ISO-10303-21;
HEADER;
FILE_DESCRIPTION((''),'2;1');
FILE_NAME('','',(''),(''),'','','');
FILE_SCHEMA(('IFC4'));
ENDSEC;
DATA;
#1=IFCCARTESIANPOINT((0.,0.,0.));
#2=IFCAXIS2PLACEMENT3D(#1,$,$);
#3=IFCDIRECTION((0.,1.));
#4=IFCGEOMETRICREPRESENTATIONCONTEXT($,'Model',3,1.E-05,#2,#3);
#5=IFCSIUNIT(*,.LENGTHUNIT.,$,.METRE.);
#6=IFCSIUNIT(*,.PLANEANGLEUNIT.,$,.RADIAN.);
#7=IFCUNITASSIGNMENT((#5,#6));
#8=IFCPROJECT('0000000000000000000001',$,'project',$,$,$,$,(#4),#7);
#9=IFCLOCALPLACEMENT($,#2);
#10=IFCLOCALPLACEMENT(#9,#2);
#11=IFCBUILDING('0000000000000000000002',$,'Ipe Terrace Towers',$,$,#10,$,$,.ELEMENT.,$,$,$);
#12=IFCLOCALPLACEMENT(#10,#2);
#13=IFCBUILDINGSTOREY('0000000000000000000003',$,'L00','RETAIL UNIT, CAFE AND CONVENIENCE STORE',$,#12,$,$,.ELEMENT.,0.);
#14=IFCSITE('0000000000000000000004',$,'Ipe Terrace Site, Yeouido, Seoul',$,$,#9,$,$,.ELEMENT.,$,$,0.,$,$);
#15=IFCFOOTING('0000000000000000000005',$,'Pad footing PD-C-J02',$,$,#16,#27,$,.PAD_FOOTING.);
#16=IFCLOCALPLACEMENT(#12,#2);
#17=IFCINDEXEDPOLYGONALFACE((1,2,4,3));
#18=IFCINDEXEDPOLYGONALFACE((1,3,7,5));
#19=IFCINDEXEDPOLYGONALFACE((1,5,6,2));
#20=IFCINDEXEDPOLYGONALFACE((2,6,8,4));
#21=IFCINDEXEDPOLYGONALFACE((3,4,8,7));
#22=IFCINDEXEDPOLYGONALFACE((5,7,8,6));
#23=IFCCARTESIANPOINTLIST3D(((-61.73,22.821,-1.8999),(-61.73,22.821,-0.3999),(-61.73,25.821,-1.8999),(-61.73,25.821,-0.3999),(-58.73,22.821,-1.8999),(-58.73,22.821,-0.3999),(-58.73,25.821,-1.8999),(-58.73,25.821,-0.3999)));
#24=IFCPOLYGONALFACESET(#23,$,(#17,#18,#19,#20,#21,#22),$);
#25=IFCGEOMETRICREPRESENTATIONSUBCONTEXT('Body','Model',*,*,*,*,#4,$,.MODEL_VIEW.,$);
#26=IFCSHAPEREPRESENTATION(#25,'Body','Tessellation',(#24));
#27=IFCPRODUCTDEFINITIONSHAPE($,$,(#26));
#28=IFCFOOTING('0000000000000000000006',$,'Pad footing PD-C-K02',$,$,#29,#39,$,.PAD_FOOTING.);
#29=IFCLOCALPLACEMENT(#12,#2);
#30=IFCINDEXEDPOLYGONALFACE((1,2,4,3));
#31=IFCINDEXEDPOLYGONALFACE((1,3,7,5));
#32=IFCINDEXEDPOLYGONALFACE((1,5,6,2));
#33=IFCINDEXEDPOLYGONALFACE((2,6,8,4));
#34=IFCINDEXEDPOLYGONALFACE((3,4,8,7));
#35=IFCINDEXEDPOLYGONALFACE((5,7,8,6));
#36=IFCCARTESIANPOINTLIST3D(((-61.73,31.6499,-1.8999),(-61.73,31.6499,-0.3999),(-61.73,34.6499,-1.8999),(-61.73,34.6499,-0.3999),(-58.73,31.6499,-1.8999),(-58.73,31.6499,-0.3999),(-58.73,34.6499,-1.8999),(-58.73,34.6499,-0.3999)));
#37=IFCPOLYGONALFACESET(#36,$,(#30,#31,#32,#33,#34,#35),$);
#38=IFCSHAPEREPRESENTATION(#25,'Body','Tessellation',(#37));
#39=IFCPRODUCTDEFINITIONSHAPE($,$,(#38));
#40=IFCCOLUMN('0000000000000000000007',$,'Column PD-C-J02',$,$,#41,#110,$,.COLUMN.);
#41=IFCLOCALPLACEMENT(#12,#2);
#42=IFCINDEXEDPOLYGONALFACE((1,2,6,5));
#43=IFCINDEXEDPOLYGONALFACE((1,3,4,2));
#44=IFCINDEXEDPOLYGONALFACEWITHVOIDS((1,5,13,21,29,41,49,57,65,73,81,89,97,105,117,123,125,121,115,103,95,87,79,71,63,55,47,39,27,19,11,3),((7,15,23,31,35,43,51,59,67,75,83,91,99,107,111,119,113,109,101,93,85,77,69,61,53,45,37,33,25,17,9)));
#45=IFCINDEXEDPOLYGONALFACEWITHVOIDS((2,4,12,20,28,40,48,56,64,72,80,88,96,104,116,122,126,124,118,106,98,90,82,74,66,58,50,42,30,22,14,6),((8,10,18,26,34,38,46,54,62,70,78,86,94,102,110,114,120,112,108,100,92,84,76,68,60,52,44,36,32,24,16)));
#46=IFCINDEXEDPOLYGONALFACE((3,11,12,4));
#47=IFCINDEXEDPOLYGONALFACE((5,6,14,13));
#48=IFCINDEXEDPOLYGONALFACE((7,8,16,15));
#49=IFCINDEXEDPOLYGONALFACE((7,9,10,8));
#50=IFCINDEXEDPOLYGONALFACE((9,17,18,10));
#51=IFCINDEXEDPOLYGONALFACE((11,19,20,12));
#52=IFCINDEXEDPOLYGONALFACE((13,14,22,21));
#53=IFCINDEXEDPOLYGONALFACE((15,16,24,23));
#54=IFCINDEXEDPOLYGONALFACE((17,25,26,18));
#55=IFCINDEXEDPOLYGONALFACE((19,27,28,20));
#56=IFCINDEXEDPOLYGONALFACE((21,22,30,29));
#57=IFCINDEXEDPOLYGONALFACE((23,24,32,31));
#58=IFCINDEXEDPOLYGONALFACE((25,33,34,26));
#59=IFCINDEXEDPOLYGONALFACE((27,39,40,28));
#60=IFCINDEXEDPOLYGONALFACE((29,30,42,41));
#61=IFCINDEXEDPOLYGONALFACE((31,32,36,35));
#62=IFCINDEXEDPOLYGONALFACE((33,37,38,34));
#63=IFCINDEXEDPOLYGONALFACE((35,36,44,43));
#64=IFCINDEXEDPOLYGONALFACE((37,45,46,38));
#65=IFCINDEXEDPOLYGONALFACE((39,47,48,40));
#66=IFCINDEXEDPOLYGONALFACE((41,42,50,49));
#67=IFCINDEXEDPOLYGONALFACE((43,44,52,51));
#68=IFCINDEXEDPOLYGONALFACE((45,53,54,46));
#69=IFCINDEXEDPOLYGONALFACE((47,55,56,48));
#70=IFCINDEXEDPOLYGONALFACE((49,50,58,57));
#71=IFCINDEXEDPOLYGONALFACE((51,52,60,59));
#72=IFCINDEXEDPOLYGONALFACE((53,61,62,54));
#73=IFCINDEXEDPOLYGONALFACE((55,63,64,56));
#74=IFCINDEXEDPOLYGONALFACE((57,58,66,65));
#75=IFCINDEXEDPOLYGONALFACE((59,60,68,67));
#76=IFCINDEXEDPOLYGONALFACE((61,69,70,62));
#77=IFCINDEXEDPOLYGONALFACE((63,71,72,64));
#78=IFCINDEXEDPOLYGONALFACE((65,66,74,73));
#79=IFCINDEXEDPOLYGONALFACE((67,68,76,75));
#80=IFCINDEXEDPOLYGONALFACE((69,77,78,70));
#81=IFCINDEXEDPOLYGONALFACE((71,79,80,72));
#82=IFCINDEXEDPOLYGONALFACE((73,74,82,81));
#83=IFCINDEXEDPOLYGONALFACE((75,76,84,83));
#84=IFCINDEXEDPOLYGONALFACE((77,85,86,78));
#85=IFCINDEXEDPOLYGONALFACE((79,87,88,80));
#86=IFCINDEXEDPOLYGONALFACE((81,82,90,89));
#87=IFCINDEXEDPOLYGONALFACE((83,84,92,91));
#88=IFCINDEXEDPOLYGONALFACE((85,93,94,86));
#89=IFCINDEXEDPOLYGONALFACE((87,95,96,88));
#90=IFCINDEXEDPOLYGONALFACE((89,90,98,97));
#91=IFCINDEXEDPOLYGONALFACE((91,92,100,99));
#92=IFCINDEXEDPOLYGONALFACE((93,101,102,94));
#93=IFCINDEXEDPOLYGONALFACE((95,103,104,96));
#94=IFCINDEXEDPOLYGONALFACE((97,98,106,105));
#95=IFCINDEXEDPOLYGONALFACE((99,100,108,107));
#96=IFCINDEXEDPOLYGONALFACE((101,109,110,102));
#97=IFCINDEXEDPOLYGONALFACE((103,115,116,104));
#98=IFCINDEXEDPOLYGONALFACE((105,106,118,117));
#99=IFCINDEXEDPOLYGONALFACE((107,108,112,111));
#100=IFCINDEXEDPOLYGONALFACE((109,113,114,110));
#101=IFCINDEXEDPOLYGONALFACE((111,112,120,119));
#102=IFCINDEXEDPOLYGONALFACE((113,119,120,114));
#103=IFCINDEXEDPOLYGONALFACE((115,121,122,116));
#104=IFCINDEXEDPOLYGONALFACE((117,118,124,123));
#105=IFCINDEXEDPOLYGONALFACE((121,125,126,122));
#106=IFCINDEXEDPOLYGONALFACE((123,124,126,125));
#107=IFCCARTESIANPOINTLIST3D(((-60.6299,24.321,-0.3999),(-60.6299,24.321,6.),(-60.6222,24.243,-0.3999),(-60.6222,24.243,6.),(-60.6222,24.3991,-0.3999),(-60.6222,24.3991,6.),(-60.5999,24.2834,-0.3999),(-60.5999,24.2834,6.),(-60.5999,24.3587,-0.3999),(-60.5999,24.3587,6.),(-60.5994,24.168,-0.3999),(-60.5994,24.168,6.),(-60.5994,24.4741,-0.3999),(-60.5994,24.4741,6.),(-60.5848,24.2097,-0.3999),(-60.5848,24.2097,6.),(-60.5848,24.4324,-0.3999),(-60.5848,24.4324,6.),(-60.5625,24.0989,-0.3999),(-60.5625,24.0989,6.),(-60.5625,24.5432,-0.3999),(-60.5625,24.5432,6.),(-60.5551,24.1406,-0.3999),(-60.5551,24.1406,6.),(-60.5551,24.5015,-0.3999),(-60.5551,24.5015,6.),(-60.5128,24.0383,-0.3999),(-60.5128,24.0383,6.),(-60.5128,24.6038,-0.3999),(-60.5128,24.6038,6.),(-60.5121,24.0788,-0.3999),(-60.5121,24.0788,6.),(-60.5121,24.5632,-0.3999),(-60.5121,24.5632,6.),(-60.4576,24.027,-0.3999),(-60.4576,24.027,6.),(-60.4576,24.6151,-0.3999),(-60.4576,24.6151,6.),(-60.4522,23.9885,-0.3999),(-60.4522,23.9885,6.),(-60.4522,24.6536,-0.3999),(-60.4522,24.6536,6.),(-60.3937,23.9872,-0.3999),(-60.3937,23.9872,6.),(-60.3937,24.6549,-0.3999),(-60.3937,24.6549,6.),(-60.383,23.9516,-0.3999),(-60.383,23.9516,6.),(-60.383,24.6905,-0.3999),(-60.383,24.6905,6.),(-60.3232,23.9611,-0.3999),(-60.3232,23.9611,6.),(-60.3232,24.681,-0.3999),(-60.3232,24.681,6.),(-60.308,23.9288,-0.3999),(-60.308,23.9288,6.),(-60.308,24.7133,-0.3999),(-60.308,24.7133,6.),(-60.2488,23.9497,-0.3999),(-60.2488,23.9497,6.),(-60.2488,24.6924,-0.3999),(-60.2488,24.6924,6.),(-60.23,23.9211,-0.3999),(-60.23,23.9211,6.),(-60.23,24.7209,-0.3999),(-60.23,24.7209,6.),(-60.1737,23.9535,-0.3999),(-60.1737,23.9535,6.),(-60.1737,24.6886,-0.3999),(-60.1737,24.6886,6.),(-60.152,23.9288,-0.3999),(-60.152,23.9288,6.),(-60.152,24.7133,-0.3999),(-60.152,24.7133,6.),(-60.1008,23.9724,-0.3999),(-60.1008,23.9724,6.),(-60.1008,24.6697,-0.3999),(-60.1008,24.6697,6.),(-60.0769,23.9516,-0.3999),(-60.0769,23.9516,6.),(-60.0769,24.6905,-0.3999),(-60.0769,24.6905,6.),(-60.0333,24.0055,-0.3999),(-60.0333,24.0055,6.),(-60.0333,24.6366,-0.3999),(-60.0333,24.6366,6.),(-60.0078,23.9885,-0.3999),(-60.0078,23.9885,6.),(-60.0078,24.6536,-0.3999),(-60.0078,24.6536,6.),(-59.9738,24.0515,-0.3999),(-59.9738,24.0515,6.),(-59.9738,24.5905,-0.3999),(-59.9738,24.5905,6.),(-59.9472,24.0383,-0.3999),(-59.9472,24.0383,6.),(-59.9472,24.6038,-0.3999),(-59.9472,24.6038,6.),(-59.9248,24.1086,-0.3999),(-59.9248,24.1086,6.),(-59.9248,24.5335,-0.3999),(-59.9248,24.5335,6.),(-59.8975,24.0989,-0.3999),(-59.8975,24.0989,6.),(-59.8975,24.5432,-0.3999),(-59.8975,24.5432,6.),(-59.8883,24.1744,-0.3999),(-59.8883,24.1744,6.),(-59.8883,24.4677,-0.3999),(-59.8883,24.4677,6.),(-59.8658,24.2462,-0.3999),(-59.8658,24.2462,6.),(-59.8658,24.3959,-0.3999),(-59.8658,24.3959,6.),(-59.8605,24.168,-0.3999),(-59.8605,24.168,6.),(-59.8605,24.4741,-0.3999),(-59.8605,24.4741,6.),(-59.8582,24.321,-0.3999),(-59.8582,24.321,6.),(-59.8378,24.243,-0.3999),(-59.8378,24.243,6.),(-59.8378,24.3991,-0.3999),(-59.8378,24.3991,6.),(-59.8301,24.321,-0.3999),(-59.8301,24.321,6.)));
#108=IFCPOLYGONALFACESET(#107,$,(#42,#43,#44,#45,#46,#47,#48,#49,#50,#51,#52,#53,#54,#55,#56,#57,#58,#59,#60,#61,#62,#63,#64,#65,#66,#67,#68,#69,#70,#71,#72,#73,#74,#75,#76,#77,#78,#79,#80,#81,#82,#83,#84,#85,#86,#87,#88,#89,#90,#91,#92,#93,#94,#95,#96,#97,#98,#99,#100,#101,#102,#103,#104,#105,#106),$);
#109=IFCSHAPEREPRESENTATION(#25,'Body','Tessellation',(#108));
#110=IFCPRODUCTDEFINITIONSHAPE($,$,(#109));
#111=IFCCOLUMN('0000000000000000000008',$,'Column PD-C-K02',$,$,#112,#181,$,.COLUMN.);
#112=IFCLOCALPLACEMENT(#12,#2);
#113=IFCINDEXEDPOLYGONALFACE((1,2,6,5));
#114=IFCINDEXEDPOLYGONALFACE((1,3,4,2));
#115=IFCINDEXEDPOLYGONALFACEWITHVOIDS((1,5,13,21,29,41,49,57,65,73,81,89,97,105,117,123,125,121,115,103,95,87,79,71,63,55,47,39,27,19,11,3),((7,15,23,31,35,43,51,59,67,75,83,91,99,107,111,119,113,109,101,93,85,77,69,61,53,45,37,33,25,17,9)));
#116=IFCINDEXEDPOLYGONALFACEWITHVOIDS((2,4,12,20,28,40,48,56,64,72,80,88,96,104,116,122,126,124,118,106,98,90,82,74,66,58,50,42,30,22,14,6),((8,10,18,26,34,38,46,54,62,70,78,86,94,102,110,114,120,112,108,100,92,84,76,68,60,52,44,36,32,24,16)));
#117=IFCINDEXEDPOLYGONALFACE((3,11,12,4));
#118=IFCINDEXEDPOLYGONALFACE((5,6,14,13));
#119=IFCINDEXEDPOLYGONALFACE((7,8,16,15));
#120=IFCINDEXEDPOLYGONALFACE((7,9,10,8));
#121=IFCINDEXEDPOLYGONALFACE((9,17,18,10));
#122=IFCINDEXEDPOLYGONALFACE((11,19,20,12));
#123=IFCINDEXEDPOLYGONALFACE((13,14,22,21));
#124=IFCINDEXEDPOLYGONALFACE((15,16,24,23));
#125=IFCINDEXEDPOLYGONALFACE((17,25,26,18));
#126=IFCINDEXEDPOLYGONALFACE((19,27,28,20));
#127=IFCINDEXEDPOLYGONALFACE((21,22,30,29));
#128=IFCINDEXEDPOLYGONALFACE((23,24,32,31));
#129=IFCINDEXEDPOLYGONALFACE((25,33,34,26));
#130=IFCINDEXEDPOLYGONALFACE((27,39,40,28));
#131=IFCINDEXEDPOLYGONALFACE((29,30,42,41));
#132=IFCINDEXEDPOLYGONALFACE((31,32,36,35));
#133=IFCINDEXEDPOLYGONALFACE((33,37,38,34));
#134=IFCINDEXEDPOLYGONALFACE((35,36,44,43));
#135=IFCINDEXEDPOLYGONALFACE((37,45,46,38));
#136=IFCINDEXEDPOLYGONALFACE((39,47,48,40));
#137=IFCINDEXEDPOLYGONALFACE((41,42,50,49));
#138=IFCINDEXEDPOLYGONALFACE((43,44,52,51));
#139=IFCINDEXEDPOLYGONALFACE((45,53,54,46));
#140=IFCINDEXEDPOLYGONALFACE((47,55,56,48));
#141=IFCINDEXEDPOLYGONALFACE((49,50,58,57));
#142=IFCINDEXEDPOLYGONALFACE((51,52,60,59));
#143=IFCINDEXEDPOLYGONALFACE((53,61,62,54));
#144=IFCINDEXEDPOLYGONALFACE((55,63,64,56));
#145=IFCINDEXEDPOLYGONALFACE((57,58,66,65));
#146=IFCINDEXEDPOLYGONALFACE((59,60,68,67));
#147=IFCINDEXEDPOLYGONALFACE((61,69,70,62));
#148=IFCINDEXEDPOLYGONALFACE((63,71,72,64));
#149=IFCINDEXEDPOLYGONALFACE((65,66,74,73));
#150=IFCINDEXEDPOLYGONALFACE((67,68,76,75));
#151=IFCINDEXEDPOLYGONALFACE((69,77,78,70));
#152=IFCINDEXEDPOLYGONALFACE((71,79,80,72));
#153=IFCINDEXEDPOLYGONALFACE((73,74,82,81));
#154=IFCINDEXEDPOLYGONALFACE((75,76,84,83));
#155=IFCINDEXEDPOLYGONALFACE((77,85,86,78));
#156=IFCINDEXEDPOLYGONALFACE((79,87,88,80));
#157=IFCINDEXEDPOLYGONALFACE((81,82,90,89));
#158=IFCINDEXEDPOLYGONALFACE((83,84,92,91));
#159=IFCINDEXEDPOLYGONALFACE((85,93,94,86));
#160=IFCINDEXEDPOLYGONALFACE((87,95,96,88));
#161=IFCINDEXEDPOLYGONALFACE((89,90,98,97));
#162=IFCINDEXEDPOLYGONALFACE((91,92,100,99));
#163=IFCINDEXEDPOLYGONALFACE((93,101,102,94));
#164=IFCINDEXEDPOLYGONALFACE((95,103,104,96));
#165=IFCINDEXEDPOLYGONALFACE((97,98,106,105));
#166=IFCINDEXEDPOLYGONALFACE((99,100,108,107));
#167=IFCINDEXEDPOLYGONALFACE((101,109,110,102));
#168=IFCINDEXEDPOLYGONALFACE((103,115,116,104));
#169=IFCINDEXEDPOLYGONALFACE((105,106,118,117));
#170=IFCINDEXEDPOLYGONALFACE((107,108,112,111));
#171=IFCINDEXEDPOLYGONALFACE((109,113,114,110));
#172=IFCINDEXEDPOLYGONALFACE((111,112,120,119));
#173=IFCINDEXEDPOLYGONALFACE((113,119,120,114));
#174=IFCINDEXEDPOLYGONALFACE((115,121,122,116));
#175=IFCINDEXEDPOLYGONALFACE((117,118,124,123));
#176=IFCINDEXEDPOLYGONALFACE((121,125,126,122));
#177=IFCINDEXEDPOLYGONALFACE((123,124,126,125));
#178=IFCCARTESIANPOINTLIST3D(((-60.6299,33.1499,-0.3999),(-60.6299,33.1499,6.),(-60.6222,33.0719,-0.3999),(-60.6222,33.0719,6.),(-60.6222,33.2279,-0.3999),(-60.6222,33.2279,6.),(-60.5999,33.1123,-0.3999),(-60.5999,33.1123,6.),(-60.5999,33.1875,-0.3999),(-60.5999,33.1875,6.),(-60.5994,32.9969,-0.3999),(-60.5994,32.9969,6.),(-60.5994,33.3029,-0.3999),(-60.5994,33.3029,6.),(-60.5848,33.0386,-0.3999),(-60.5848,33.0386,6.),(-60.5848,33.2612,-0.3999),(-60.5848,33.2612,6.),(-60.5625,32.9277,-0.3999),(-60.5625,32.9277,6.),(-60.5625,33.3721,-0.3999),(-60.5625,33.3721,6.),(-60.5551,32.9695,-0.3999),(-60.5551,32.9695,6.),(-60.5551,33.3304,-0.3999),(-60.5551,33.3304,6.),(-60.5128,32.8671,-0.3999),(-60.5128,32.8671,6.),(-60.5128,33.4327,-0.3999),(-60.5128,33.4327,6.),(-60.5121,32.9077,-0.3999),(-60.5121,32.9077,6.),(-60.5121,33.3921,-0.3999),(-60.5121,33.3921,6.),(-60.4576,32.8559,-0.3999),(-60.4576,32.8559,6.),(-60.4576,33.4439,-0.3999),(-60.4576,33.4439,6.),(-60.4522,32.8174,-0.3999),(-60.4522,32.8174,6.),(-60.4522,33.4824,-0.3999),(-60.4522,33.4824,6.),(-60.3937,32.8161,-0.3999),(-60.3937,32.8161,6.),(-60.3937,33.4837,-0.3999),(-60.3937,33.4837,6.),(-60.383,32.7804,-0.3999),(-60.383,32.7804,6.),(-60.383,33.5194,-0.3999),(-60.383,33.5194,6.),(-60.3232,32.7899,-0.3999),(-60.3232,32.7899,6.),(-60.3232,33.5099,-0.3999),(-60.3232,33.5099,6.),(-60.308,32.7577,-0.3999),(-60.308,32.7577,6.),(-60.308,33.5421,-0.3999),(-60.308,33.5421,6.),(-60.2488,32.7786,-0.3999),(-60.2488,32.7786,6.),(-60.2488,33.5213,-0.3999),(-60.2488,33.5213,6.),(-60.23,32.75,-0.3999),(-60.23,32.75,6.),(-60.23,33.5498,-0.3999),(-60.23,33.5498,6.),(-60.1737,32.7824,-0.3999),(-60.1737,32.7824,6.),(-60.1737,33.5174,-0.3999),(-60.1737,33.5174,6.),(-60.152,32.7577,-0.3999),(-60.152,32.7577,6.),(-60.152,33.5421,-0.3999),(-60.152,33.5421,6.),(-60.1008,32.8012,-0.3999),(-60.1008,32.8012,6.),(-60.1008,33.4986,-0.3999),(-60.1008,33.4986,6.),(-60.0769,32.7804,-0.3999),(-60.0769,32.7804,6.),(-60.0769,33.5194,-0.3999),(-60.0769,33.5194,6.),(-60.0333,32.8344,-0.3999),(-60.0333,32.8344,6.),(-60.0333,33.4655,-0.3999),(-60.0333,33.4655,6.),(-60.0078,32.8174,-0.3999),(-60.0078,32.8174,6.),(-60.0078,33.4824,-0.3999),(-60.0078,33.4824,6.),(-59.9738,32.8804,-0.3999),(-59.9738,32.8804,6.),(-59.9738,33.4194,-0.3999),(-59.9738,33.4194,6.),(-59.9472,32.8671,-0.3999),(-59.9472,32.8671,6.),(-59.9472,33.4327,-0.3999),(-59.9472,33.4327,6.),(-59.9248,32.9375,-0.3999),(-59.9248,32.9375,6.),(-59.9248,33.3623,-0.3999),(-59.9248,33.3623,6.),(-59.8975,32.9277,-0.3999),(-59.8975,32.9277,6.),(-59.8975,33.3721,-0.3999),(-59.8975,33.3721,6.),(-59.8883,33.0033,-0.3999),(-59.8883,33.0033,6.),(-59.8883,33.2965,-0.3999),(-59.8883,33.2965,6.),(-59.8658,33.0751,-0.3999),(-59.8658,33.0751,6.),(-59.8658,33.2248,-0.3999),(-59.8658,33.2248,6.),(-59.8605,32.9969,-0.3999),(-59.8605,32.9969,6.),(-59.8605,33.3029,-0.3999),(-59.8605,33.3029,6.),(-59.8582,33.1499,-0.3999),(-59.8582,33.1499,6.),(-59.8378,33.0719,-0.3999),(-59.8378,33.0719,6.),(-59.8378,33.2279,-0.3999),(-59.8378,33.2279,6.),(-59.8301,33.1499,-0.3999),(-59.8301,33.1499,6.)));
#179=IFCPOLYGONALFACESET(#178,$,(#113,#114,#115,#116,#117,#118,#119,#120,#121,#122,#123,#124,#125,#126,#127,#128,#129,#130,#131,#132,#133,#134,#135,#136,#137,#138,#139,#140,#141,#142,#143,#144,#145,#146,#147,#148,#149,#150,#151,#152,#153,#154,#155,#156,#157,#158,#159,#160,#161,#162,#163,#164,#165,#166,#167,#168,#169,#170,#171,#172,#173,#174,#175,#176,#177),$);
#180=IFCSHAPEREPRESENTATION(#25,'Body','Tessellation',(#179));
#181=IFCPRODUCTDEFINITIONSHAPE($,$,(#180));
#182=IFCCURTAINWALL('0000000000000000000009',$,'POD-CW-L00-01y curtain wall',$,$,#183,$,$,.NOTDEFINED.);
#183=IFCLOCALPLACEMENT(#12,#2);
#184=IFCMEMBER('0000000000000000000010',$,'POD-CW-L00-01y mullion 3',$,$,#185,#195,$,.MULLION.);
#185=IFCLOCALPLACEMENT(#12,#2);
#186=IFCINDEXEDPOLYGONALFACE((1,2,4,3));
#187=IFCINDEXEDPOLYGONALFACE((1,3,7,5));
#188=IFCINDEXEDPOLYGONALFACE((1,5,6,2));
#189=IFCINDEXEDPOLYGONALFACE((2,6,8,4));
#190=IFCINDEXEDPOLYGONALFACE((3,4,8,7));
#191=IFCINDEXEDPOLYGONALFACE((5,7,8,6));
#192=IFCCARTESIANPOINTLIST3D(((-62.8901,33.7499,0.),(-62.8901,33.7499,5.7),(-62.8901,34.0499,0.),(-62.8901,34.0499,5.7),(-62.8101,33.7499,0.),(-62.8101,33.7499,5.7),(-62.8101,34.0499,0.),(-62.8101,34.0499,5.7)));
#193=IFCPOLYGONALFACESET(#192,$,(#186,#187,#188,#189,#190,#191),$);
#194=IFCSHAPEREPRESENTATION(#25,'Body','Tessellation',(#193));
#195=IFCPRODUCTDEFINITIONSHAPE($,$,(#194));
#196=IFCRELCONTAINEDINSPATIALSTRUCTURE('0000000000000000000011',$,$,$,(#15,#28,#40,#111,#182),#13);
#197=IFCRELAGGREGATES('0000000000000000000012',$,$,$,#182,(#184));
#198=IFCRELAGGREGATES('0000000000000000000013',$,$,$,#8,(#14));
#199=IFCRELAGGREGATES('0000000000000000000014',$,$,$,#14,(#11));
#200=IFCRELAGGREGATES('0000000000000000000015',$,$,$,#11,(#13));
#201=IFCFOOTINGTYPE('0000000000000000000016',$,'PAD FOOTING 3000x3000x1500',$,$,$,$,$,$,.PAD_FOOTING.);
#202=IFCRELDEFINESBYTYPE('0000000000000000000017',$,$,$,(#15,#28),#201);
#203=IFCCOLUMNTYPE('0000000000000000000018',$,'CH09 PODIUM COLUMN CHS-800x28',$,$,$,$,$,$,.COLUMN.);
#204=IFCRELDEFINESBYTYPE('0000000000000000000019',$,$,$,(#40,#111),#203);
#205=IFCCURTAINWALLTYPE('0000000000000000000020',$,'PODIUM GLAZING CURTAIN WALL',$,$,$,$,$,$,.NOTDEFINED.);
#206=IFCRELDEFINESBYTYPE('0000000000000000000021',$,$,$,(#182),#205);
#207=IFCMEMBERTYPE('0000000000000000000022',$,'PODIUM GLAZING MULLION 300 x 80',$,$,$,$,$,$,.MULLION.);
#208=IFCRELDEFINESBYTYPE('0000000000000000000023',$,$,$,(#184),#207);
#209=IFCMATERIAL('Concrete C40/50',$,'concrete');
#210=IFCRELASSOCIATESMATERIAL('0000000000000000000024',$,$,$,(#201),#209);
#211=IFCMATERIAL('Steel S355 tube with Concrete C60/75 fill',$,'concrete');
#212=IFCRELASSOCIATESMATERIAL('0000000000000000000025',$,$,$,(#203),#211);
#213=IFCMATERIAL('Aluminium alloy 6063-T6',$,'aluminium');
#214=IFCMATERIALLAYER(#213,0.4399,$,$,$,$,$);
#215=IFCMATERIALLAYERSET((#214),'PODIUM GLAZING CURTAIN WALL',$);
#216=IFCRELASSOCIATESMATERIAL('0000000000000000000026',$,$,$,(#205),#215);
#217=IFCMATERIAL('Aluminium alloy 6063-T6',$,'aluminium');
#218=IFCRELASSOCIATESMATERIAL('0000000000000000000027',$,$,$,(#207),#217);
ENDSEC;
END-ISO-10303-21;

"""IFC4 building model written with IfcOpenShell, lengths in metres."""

from ifc_helpers import new_model, si_unit, direction, frame, origin, origin_2d, place, context, subcontext, project, spatial, rectangle, hollow_circle, extrude, material, layer, layer_set, material_profile, profile_set, type_object, element, aggregate, save


model = new_model("IFC4")

# Units and contexts
model_context = context("Model", 3, precision=1e-05, world=origin(), true_north=direction((0.0, 1.0)))
body_context = subcontext(model_context, "Body", "Model", "MODEL_VIEW")
ifc_project = project(units=[si_unit("LENGTHUNIT", "METRE"), si_unit("PLANEANGLEUNIT", "RADIAN")], contexts=[model_context])

# Site, building, storey
site_placement = place(None, origin())
site = spatial("IfcSite", under=ifc_project, at=site_placement, Name="Ipe Terrace Site, Yeouido, Seoul", CompositionType="ELEMENT", RefElevation=0.0)
building_placement = place(site_placement, origin())
building = spatial("IfcBuilding", under=site, at=building_placement, Name="Ipe Terrace Towers", CompositionType="ELEMENT")
storey_placement = place(building_placement, origin())
storey = spatial("IfcBuildingStorey", under=building, at=storey_placement, Name="L00", Description="RETAIL UNIT, CAFE AND CONVENIENCE STORE", CompositionType="ELEMENT", Elevation=0.0)

# Footings
ifc_material_1 = material(Name="Concrete C40/50", Category="concrete")
footing_type = type_object("IfcFootingType", Name="PAD FOOTING 3000x3000x1500", PredefinedType="PAD_FOOTING", material=ifc_material_1)
for number, where, z_axis, x_axis, name in (
    (1, (-60.23, 24.321, -1.8999), (0.0, 0.0, 1.0), (1.0, 0.0, 0.0), "Pad footing PD-C-J02"),
    (2, (-60.23, 33.1499, -1.8999), (0.0, 0.0, 1.0), (1.0, 0.0, 0.0), "Pad footing PD-C-K02"),
):
    element("IfcFooting", number, at=place(storey_placement, frame(where, z_axis=z_axis, x_axis=x_axis)), inside=storey, type_object=footing_type, Name=name, PredefinedType="PAD_FOOTING", context=body_context, shape_type="SweptSolid", body=[
        extrude(rectangle(XDim=3.0, YDim=3.0, at=origin_2d()), origin(), (0.0, 0.0, 1.0), 1.5),
    ])

# Columns
ifc_material_2 = material(Name="Steel S355 tube with Concrete C60/75 fill", Category="concrete")
ifc_material_profile_1 = material_profile(ifc_material_2, hollow_circle(Radius=0.3999, WallThickness=0.0281, at=origin_2d()), Name="CHS-800x28")
ifc_profile_set_1 = profile_set([ifc_material_profile_1], Name="Steel S355 tube with Concrete C60/75 fill")
column_type = type_object("IfcColumnType", Name="CH09 PODIUM COLUMN CHS-800x28", PredefinedType="COLUMN", material=ifc_profile_set_1)
for number, where, z_axis, x_axis, name in (
    (3, (-60.23, 24.321, -0.3999), (0.0, 0.0, 1.0), (1.0, 0.0, 0.0), "Column PD-C-J02"),
    (4, (-60.23, 33.1499, -0.3999), (0.0, 0.0, 1.0), (1.0, 0.0, 0.0), "Column PD-C-K02"),
):
    element("IfcColumn", number, at=place(storey_placement, frame(where, z_axis=z_axis, x_axis=x_axis)), inside=storey, type_object=column_type, Name=name, PredefinedType="COLUMN", context=body_context, shape_type="SweptSolid", body=[
        extrude(hollow_circle(Radius=0.3999, WallThickness=0.0281, at=origin_2d()), origin(), (0.0, 0.0, 1.0), 6.3999),
    ])

# Curtain wall, member
ifc_material_3 = material(Name="Aluminium alloy 6063-T6", Category="aluminium")
ifc_layer_1 = layer(ifc_material_3, 0.4399)
ifc_layer_set_1 = layer_set([ifc_layer_1], Name="PODIUM GLAZING CURTAIN WALL")
curtain_wall_type = type_object("IfcCurtainWallType", Name="PODIUM GLAZING CURTAIN WALL", PredefinedType="NOTDEFINED", material=ifc_layer_set_1)
curtain_wall_placement = place(storey_placement, origin())
curtain_wall = element("IfcCurtainWall", 5, at=curtain_wall_placement, inside=storey, type_object=curtain_wall_type, Name="POD-CW-L00-01y curtain wall", PredefinedType="NOTDEFINED")
ifc_material_4 = material(Name="Aluminium alloy 6063-T6", Category="aluminium")
ifc_material_profile_2 = material_profile(ifc_material_4, rectangle(XDim=0.3, YDim=0.0801, at=origin_2d()), Name="PODIUM GLAZING MULLION 300 x 80")
ifc_profile_set_2 = profile_set([ifc_material_profile_2], Name="Aluminium alloy 6063-T6")
member_type = type_object("IfcMemberType", Name="PODIUM GLAZING MULLION 300 x 80", PredefinedType="MULLION", material=ifc_profile_set_2)
member_placement = place(storey_placement, frame((-62.8501, 33.8999, 0.0), z_axis=(0.0, 0.0, 1.0), x_axis=(0.0, 1.0, 0.0)))
member = element("IfcMember", 6, at=member_placement, type_object=member_type, Name="POD-CW-L00-01y mullion 3", PredefinedType="MULLION", context=body_context, shape_type="SweptSolid", body=[
    extrude(rectangle(XDim=0.3, YDim=0.0801, at=origin_2d()), origin(), (0.0, 0.0, 1.0), 5.7),
])
aggregate(curtain_wall, [member])

save(model, "model.ifc")
